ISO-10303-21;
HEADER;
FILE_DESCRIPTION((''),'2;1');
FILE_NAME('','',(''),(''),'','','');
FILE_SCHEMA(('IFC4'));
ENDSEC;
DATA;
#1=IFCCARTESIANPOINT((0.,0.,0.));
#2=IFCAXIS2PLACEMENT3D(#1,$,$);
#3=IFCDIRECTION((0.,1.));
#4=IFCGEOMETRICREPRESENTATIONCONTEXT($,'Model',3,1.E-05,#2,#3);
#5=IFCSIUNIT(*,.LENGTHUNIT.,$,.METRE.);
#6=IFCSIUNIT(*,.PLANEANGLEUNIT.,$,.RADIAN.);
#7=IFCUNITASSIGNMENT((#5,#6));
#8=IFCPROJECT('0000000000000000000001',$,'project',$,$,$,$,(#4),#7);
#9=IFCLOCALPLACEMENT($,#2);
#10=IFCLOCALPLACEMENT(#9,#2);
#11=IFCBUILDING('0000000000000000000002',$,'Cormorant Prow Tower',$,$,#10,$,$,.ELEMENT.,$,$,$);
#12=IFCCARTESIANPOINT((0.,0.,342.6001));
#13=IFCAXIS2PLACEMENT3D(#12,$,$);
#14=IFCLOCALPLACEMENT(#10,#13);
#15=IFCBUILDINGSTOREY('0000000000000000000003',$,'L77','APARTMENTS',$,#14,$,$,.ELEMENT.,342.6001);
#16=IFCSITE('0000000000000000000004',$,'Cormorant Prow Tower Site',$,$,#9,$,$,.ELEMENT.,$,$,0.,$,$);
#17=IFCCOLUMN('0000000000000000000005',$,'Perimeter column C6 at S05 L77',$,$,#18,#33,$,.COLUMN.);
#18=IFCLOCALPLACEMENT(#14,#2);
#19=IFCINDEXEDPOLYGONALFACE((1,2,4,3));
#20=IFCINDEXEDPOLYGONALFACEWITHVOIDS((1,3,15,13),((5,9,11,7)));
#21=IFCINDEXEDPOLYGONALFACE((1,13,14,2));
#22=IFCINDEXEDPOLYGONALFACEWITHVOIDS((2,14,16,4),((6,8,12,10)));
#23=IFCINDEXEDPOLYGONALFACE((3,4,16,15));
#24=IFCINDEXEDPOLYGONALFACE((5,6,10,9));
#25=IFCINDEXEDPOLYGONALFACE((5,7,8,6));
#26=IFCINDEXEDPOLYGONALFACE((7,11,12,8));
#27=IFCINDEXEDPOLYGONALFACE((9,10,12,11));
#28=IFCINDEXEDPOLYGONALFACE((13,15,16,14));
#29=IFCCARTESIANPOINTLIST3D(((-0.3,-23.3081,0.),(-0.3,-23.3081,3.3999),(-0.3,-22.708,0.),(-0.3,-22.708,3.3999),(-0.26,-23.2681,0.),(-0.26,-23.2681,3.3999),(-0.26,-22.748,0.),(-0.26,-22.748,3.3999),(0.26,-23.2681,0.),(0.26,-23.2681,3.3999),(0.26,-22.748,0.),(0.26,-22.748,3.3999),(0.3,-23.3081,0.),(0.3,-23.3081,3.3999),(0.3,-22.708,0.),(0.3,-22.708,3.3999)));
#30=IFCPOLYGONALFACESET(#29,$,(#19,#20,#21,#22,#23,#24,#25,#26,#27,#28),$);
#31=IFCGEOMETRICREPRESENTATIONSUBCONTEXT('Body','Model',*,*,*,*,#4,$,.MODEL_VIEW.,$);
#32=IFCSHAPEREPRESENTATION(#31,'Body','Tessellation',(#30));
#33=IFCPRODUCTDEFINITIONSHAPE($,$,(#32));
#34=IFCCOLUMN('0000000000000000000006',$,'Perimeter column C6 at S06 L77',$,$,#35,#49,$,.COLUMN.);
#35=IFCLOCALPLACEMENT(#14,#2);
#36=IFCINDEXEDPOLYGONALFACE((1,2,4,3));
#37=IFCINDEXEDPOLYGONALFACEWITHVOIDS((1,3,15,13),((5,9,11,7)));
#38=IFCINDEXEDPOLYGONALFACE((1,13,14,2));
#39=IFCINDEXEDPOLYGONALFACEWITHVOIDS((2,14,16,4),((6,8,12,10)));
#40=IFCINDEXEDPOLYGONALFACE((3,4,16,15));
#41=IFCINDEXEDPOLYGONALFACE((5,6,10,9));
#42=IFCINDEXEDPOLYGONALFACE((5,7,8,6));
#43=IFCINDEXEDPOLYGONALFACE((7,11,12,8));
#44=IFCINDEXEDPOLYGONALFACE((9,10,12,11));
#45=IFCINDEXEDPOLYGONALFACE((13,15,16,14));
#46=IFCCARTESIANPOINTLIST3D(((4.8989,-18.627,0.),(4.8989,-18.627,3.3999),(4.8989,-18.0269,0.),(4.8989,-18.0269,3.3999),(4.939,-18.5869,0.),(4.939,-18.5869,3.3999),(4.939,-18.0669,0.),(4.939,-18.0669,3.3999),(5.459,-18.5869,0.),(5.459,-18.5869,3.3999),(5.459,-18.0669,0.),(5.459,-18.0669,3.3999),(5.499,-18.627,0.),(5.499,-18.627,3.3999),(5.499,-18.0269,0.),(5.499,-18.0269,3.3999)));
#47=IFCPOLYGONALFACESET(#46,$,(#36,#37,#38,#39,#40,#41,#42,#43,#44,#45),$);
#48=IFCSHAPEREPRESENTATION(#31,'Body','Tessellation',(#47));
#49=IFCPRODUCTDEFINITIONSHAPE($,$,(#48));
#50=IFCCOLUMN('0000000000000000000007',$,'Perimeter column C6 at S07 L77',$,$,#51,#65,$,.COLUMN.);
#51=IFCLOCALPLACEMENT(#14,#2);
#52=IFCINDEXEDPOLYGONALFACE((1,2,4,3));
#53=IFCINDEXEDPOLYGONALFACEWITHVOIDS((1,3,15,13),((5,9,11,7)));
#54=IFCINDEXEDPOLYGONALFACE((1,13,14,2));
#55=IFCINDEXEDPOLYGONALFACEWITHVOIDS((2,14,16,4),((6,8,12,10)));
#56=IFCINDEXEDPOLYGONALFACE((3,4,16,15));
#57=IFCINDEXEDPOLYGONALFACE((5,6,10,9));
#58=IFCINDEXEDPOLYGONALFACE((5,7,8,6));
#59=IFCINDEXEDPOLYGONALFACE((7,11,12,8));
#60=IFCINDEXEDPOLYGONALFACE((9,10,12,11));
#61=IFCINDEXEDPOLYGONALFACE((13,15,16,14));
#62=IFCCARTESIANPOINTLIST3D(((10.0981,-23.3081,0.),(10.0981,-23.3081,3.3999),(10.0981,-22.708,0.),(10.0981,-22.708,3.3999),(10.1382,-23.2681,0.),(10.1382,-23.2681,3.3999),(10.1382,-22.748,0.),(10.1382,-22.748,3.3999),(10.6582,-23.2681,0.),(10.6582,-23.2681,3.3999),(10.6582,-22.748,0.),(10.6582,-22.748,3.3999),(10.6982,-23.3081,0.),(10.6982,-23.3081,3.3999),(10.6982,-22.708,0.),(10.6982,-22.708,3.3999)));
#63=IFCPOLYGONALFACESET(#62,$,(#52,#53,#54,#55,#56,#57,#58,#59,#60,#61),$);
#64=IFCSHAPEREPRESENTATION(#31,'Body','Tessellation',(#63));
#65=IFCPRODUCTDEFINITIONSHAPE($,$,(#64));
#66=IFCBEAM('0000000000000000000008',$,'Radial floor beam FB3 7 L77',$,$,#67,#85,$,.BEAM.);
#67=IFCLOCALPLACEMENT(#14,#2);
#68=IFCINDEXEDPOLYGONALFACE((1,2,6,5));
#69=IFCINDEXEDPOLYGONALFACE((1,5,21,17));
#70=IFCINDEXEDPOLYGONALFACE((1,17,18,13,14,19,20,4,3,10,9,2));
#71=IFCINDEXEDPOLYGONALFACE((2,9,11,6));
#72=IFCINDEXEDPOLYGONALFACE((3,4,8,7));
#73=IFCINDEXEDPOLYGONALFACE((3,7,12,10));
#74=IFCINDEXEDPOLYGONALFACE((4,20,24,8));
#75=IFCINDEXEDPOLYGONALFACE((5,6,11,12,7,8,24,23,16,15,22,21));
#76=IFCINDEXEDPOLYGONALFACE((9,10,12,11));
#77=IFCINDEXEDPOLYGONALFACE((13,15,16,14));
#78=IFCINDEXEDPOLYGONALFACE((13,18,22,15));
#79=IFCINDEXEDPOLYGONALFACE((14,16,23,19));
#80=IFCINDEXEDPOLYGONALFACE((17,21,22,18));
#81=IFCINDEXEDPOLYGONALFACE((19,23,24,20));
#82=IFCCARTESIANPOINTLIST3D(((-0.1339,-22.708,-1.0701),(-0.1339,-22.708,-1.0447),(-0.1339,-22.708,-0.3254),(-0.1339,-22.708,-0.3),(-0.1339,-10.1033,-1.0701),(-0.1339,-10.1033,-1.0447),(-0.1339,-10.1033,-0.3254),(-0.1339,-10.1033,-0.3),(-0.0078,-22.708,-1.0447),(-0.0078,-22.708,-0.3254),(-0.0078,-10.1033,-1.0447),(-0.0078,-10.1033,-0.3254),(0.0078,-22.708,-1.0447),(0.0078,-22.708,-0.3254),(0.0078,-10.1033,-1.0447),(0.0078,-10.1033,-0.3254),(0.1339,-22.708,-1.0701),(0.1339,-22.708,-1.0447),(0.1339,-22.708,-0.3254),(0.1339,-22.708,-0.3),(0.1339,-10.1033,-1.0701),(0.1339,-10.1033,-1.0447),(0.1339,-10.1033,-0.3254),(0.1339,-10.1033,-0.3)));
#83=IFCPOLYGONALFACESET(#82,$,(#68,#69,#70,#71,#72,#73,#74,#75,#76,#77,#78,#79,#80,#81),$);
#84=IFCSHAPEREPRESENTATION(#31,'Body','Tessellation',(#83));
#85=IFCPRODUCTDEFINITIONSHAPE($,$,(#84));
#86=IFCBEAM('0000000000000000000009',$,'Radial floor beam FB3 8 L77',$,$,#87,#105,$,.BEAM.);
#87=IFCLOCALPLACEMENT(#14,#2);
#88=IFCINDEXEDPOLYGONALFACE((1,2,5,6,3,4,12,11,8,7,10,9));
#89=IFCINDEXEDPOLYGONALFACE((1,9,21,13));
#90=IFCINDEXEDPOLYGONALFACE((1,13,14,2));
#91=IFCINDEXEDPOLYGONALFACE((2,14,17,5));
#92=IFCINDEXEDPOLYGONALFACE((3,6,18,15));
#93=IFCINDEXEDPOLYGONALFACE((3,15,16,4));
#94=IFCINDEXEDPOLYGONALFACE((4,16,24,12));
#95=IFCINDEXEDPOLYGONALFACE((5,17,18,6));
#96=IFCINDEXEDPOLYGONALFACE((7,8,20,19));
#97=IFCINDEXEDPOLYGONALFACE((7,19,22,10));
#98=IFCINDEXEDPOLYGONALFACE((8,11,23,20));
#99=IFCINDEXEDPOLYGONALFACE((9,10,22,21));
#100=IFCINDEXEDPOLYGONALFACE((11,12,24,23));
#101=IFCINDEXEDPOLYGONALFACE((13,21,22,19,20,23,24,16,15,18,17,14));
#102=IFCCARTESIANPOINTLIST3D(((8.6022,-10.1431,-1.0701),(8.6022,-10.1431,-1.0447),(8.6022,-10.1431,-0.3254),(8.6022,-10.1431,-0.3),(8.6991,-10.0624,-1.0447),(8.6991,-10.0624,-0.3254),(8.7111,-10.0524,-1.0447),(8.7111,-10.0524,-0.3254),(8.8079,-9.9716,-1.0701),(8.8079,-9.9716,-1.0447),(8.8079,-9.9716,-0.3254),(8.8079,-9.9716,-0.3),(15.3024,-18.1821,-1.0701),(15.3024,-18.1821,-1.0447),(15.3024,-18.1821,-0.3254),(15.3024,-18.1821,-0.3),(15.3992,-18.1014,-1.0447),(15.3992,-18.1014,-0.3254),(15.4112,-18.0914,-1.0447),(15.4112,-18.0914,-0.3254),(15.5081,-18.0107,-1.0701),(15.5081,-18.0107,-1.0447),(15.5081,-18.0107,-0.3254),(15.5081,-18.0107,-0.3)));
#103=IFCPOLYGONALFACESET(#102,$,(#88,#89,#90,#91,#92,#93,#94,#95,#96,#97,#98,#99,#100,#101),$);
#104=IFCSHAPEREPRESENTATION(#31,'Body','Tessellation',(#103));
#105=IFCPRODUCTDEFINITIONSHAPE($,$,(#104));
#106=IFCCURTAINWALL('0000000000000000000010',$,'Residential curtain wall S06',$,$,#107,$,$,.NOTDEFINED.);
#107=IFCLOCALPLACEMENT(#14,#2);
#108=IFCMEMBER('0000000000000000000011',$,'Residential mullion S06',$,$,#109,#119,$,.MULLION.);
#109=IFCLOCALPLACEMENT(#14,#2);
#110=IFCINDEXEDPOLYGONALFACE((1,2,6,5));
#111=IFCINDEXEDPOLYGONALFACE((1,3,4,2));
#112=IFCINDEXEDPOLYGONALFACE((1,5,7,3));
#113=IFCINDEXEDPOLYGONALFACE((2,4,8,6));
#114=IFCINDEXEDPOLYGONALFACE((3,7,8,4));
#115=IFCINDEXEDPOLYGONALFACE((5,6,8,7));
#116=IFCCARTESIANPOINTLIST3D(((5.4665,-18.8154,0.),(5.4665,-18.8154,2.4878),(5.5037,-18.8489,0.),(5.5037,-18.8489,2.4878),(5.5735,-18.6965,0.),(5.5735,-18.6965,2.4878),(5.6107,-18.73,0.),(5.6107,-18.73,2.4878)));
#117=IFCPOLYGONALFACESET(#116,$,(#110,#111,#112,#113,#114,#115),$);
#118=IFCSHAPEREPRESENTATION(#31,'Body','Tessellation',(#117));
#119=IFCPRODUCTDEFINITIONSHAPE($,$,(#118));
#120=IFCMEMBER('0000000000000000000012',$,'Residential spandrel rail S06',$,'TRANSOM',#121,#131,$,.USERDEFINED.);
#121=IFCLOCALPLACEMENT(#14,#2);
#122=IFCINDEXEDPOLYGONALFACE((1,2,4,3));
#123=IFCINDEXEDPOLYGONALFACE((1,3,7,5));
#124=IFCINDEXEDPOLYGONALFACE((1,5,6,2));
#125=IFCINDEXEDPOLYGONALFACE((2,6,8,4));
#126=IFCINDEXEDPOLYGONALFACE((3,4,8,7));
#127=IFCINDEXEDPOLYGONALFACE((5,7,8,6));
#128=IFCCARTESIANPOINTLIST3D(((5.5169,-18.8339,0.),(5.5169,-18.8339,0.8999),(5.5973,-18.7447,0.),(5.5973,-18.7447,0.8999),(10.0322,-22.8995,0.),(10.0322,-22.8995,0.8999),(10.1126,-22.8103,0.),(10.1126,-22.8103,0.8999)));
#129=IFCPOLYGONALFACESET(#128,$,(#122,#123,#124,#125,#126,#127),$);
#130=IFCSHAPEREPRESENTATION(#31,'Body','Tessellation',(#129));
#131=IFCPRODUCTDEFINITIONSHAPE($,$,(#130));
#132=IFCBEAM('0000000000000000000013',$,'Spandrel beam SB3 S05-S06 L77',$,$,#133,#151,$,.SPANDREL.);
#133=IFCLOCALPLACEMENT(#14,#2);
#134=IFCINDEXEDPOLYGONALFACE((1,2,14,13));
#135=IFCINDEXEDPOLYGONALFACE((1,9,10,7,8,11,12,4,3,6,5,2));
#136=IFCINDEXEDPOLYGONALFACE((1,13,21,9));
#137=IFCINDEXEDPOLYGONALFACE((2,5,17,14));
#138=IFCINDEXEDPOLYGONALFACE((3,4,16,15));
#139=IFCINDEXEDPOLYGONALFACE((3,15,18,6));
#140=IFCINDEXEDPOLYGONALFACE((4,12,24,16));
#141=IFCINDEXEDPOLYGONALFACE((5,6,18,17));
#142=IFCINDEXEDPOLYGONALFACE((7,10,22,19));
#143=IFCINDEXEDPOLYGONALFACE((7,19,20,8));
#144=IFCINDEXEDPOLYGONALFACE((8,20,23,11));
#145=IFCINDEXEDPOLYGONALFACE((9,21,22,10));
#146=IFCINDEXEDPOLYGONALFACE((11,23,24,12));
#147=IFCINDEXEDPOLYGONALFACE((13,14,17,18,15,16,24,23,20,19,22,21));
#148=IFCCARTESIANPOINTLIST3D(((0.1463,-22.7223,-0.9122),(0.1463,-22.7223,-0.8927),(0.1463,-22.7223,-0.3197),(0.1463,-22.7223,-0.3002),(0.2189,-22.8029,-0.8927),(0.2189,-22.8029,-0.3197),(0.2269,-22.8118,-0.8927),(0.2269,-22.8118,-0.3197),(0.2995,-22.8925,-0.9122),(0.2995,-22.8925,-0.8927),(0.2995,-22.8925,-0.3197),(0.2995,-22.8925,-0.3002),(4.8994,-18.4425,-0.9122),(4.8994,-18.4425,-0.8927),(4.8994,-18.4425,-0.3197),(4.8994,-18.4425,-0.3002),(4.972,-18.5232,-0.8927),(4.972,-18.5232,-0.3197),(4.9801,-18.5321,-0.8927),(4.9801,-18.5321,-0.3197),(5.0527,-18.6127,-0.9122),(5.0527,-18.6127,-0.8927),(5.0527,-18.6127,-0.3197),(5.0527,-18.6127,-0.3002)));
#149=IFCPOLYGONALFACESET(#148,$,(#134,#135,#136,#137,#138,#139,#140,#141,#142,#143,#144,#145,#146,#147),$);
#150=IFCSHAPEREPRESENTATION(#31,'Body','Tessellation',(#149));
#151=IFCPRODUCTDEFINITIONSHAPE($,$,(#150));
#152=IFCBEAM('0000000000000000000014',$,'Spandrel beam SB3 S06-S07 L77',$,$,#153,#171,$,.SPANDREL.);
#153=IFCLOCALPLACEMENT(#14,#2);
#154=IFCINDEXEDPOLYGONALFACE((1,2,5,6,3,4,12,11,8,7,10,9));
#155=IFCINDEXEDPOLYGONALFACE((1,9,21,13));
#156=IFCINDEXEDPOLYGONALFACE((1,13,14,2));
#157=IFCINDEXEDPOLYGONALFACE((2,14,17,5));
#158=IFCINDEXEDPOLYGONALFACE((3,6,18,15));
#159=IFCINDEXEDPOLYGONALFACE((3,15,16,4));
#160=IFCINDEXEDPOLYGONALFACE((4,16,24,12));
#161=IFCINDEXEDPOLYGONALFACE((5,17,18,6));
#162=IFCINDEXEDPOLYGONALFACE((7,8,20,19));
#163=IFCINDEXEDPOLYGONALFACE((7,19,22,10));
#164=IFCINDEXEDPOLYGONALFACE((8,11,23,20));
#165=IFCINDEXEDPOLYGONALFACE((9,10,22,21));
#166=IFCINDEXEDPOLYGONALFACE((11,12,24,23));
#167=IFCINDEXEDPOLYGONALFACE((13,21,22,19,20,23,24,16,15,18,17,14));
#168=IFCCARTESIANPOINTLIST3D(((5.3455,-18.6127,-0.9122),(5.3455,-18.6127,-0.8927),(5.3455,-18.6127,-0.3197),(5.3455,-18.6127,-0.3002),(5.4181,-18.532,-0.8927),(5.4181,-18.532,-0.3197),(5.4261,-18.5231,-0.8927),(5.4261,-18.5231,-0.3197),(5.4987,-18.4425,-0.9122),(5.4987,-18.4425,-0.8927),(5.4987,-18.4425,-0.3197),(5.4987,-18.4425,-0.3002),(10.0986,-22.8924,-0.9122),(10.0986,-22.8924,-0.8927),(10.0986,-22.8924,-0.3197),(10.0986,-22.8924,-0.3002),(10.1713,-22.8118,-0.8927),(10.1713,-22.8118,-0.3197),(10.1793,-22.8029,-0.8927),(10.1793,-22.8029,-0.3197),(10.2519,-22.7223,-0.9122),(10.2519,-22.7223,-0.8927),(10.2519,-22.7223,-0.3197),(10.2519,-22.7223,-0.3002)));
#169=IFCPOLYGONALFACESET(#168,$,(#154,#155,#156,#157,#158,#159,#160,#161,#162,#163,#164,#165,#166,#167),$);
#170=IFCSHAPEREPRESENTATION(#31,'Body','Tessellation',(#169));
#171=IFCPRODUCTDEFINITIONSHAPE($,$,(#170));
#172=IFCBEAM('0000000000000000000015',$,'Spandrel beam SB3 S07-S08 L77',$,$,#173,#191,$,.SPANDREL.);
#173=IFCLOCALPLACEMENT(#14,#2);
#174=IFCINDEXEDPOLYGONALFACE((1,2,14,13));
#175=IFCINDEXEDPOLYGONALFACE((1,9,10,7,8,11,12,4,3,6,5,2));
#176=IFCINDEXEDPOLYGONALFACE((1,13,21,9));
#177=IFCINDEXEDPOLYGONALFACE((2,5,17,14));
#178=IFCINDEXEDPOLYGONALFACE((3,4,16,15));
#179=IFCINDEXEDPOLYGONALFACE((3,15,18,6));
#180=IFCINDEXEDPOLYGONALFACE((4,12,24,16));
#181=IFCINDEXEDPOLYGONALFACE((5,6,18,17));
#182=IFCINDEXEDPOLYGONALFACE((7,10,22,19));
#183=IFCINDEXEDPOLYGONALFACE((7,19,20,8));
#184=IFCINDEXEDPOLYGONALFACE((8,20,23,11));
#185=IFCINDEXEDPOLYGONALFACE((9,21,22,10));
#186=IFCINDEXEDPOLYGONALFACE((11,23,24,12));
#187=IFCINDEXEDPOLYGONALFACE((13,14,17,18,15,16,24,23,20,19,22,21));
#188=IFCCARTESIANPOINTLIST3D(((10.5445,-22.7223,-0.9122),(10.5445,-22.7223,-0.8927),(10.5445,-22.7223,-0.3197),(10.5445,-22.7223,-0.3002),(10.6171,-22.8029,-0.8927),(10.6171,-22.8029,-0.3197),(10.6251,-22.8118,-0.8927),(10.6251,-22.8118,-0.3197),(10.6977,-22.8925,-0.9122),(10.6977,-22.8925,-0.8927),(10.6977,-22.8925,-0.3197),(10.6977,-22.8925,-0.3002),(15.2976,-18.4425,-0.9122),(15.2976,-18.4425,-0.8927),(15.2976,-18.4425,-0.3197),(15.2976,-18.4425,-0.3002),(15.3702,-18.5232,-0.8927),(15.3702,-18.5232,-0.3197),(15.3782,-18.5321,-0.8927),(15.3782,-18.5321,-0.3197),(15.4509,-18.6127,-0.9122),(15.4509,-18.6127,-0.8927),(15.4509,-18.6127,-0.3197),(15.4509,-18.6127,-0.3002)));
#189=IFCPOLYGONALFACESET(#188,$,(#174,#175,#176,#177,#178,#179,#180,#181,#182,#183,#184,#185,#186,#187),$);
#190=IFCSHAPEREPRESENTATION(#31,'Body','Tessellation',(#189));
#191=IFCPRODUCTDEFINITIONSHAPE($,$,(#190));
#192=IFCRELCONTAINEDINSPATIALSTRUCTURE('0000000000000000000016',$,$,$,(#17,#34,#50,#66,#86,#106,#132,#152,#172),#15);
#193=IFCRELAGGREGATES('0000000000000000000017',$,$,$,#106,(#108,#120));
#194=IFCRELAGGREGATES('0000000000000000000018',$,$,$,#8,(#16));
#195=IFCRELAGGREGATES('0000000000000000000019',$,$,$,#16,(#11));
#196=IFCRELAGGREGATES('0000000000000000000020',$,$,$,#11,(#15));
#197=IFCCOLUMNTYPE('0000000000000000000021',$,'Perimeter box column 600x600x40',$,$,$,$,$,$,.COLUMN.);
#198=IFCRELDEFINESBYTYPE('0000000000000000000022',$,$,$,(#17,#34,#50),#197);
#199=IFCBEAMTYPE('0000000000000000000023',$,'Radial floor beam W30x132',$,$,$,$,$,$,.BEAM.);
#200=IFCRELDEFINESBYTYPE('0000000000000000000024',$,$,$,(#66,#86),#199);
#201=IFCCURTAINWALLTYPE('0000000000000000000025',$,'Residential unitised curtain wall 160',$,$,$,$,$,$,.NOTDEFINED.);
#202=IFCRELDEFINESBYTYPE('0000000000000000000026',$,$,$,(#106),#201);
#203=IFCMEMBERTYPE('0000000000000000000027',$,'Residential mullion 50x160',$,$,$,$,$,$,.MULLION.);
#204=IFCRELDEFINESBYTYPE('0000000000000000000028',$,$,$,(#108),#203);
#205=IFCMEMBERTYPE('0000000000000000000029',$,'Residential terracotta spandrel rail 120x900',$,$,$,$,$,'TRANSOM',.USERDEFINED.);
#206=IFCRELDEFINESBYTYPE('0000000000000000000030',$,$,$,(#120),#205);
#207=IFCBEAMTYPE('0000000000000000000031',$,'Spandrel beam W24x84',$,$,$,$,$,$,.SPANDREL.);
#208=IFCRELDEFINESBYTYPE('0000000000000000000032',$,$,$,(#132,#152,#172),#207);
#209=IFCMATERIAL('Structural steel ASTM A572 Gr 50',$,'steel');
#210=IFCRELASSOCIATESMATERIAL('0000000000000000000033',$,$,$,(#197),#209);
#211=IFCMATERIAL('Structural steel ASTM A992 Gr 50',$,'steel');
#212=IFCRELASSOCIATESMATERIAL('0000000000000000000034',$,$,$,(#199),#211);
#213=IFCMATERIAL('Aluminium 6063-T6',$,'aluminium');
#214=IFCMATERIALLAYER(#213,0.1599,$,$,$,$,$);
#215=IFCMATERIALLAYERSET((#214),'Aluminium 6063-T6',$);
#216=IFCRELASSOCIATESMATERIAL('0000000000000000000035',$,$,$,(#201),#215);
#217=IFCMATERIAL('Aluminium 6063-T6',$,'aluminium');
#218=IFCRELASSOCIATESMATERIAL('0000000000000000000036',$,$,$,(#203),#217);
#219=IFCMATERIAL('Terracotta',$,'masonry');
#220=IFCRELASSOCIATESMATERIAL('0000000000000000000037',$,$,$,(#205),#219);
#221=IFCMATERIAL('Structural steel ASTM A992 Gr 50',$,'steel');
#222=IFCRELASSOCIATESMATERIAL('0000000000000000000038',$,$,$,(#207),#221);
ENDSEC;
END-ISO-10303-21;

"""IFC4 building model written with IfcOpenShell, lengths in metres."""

from ifc_helpers import new_model, si_unit, direction, frame, origin, origin_2d, place, context, subcontext, project, spatial, rectangle, hollow_rectangle, i_section, extrude, material, layer, layer_set, material_profile, profile_set, type_object, element, aggregate, save


model = new_model("IFC4")

# Units and contexts
model_context = context("Model", 3, precision=1e-05, world=origin(), true_north=direction((0.0, 1.0)))
body_context = subcontext(model_context, "Body", "Model", "MODEL_VIEW")
ifc_project = project(units=[si_unit("LENGTHUNIT", "METRE"), si_unit("PLANEANGLEUNIT", "RADIAN")], contexts=[model_context])

# Site, building, storey
site_placement = place(None, origin())
site = spatial("IfcSite", under=ifc_project, at=site_placement, Name="Cormorant Prow Tower Site", CompositionType="ELEMENT", RefElevation=0.0)
building_placement = place(site_placement, origin())
building = spatial("IfcBuilding", under=site, at=building_placement, Name="Cormorant Prow Tower", CompositionType="ELEMENT")
storey_placement = place(building_placement, frame((0.0, 0.0, 342.6001)))
storey = spatial("IfcBuildingStorey", under=building, at=storey_placement, Name="L77", Description="APARTMENTS", CompositionType="ELEMENT", Elevation=342.6001)

# Columns
ifc_material_1 = material(Name="Structural steel ASTM A572 Gr 50", Category="steel")
ifc_material_profile_1 = material_profile(ifc_material_1, hollow_rectangle(XDim=0.6001, YDim=0.6001, WallThickness=0.04, at=origin_2d()), Name="Box 600x600x40")
ifc_profile_set_1 = profile_set([ifc_material_profile_1], Name="Structural steel ASTM A572 Gr 50")
column_type = type_object("IfcColumnType", Name="Perimeter box column 600x600x40", PredefinedType="COLUMN", material=ifc_profile_set_1)
for number, where, z_axis, x_axis, name in (
    (1, (0.0, -23.0081, 0.0), (0.0, 0.0, 1.0), (1.0, 0.0, 0.0), "Perimeter column C6 at S05 L77"),
    (2, (5.199, -18.3269, 0.0), (0.0, 0.0, 1.0), (1.0, 0.0, 0.0), "Perimeter column C6 at S06 L77"),
    (3, (10.3982, -23.0081, 0.0), (0.0, 0.0, 1.0), (1.0, 0.0, 0.0), "Perimeter column C6 at S07 L77"),
):
    element("IfcColumn", number, at=place(storey_placement, frame(where, z_axis=z_axis, x_axis=x_axis)), inside=storey, type_object=column_type, Name=name, PredefinedType="COLUMN", context=body_context, shape_type="SweptSolid", body=[
        extrude(hollow_rectangle(XDim=0.6001, YDim=0.6001, WallThickness=0.04, at=origin_2d()), origin(), (0.0, 0.0, 1.0), 3.3999),
    ])

# Beams
ifc_material_2 = material(Name="Structural steel ASTM A992 Gr 50", Category="steel")
ifc_material_profile_2 = material_profile(ifc_material_2, i_section(OverallWidth=0.2678, OverallDepth=0.77, WebThickness=0.0156, FlangeThickness=0.0254, at=origin_2d()), Name="W30x132")
ifc_profile_set_2 = profile_set([ifc_material_profile_2], Name="Structural steel ASTM A992 Gr 50")
beam_type_1 = type_object("IfcBeamType", Name="Radial floor beam W30x132", PredefinedType="BEAM", material=ifc_profile_set_2)
beam_1_placement = place(storey_placement, frame((0.0, -10.1033, -0.6851), z_axis=(0.0, -1.0, 0.0), x_axis=(1.0, 0.0, 0.0)))
element("IfcBeam", 4, at=beam_1_placement, inside=storey, type_object=beam_type_1, Name="Radial floor beam FB3 7 L77", PredefinedType="BEAM", context=body_context, shape_type="SweptSolid", body=[
    extrude(i_section(OverallWidth=0.2678, OverallDepth=0.77, WebThickness=0.0156, FlangeThickness=0.0254, at=origin_2d()), origin(), (0.0, 0.0, 1.0), 12.6047),
])
beam_2_placement = place(storey_placement, frame((8.7051, -10.0574, -0.6851), z_axis=(0.640239, -0.768175, 0.0), x_axis=(0.768175, 0.640239, 0.0)))
element("IfcBeam", 5, at=beam_2_placement, inside=storey, type_object=beam_type_1, Name="Radial floor beam FB3 8 L77", PredefinedType="BEAM", context=body_context, shape_type="SweptSolid", body=[
    extrude(i_section(OverallWidth=0.2678, OverallDepth=0.77, WebThickness=0.0156, FlangeThickness=0.0254, at=origin_2d()), origin(), (0.0, 0.0, 1.0), 10.4651),
])

# Curtain wall, members
ifc_material_3 = material(Name="Aluminium 6063-T6", Category="aluminium")
ifc_layer_1 = layer(ifc_material_3, 0.1599)
ifc_layer_set_1 = layer_set([ifc_layer_1], Name="Aluminium 6063-T6")
curtain_wall_type = type_object("IfcCurtainWallType", Name="Residential unitised curtain wall 160", PredefinedType="NOTDEFINED", material=ifc_layer_set_1)
curtain_wall_placement = place(storey_placement, origin())
curtain_wall = element("IfcCurtainWall", 6, at=curtain_wall_placement, inside=storey, type_object=curtain_wall_type, Name="Residential curtain wall S06", PredefinedType="NOTDEFINED")
ifc_material_4 = material(Name="Aluminium 6063-T6", Category="aluminium")
ifc_material_profile_3 = material_profile(ifc_material_4, rectangle(XDim=0.1599, YDim=0.05, at=origin_2d()), Name="Residential mullion 50x160")
ifc_profile_set_3 = profile_set([ifc_material_profile_3], Name="Aluminium 6063-T6")
member_type_1 = type_object("IfcMemberType", Name="Residential mullion 50x160", PredefinedType="MULLION", material=ifc_profile_set_3)
member_1_placement = place(storey_placement, frame((5.5386, -18.7727, 0.0), z_axis=(0.0, 0.0, 1.0), x_axis=(0.669131, 0.743145, 0.0)))
member_1 = element("IfcMember", 7, at=member_1_placement, type_object=member_type_1, Name="Residential mullion S06", PredefinedType="MULLION", context=body_context, shape_type="SweptSolid", body=[
    extrude(rectangle(XDim=0.1599, YDim=0.05, at=origin_2d()), origin(), (0.0, 0.0, 1.0), 2.4878),
])
ifc_material_5 = material(Name="Terracotta", Category="masonry")
ifc_material_profile_4 = material_profile(ifc_material_5, rectangle(XDim=0.1201, YDim=0.8999, at=origin_2d()), Name="Residential terracotta spandrel rail 120x900")
ifc_profile_set_4 = profile_set([ifc_material_profile_4], Name="Terracotta")
member_type_2 = type_object("IfcMemberType", Name="Residential terracotta spandrel rail 120x900", ElementType="TRANSOM", PredefinedType="USERDEFINED", material=ifc_profile_set_4)
member_2_placement = place(storey_placement, frame((5.5571, -18.7893, 0.45), z_axis=(0.743144, -0.669131, 0.0), x_axis=(0.669131, 0.743144, 0.0)))
member_2 = element("IfcMember", 8, at=member_2_placement, type_object=member_type_2, Name="Residential spandrel rail S06", ObjectType="TRANSOM", PredefinedType="USERDEFINED", context=body_context, shape_type="SweptSolid", body=[
    extrude(rectangle(XDim=0.1201, YDim=0.8999, at=origin_2d()), origin(), (0.0, 0.0, 1.0), 6.0759),
])

# Beams
ifc_material_6 = material(Name="Structural steel ASTM A992 Gr 50", Category="steel")
ifc_material_profile_5 = material_profile(ifc_material_6, i_section(OverallWidth=0.229, OverallDepth=0.6121, WebThickness=0.012, FlangeThickness=0.0195, at=origin_2d()), Name="W24x84")
ifc_profile_set_5 = profile_set([ifc_material_profile_5], Name="Structural steel ASTM A992 Gr 50")
beam_type_2 = type_object("IfcBeamType", Name="Spandrel beam W24x84", PredefinedType="SPANDREL", material=ifc_profile_set_5)
for number, where, z_axis, x_axis, name in (
    (9, (0.2229, -22.8074, -0.6062), (0.743144, 0.669131, 0.0), (-0.669131, 0.743144, 0.0), "Spandrel beam SB3 S05-S06 L77"),
    (10, (5.4221, -18.5276, -0.6062), (0.743144, -0.669131, 0.0), (0.669131, 0.743144, 0.0), "Spandrel beam SB3 S06-S07 L77"),
    (11, (10.6211, -22.8074, -0.6062), (0.743144, 0.669131, 0.0), (-0.669131, 0.743144, 0.0), "Spandrel beam SB3 S07-S08 L77"),
):
    element("IfcBeam", number, at=place(storey_placement, frame(where, z_axis=z_axis, x_axis=x_axis)), inside=storey, type_object=beam_type_2, Name=name, PredefinedType="SPANDREL", context=body_context, shape_type="SweptSolid", body=[
        extrude(i_section(OverallWidth=0.229, OverallDepth=0.6121, WebThickness=0.012, FlangeThickness=0.0195, at=origin_2d()), origin(), (0.0, 0.0, 1.0), 6.396),
    ])

aggregate(curtain_wall, [member_1, member_2])

save(model, "model.ifc")
